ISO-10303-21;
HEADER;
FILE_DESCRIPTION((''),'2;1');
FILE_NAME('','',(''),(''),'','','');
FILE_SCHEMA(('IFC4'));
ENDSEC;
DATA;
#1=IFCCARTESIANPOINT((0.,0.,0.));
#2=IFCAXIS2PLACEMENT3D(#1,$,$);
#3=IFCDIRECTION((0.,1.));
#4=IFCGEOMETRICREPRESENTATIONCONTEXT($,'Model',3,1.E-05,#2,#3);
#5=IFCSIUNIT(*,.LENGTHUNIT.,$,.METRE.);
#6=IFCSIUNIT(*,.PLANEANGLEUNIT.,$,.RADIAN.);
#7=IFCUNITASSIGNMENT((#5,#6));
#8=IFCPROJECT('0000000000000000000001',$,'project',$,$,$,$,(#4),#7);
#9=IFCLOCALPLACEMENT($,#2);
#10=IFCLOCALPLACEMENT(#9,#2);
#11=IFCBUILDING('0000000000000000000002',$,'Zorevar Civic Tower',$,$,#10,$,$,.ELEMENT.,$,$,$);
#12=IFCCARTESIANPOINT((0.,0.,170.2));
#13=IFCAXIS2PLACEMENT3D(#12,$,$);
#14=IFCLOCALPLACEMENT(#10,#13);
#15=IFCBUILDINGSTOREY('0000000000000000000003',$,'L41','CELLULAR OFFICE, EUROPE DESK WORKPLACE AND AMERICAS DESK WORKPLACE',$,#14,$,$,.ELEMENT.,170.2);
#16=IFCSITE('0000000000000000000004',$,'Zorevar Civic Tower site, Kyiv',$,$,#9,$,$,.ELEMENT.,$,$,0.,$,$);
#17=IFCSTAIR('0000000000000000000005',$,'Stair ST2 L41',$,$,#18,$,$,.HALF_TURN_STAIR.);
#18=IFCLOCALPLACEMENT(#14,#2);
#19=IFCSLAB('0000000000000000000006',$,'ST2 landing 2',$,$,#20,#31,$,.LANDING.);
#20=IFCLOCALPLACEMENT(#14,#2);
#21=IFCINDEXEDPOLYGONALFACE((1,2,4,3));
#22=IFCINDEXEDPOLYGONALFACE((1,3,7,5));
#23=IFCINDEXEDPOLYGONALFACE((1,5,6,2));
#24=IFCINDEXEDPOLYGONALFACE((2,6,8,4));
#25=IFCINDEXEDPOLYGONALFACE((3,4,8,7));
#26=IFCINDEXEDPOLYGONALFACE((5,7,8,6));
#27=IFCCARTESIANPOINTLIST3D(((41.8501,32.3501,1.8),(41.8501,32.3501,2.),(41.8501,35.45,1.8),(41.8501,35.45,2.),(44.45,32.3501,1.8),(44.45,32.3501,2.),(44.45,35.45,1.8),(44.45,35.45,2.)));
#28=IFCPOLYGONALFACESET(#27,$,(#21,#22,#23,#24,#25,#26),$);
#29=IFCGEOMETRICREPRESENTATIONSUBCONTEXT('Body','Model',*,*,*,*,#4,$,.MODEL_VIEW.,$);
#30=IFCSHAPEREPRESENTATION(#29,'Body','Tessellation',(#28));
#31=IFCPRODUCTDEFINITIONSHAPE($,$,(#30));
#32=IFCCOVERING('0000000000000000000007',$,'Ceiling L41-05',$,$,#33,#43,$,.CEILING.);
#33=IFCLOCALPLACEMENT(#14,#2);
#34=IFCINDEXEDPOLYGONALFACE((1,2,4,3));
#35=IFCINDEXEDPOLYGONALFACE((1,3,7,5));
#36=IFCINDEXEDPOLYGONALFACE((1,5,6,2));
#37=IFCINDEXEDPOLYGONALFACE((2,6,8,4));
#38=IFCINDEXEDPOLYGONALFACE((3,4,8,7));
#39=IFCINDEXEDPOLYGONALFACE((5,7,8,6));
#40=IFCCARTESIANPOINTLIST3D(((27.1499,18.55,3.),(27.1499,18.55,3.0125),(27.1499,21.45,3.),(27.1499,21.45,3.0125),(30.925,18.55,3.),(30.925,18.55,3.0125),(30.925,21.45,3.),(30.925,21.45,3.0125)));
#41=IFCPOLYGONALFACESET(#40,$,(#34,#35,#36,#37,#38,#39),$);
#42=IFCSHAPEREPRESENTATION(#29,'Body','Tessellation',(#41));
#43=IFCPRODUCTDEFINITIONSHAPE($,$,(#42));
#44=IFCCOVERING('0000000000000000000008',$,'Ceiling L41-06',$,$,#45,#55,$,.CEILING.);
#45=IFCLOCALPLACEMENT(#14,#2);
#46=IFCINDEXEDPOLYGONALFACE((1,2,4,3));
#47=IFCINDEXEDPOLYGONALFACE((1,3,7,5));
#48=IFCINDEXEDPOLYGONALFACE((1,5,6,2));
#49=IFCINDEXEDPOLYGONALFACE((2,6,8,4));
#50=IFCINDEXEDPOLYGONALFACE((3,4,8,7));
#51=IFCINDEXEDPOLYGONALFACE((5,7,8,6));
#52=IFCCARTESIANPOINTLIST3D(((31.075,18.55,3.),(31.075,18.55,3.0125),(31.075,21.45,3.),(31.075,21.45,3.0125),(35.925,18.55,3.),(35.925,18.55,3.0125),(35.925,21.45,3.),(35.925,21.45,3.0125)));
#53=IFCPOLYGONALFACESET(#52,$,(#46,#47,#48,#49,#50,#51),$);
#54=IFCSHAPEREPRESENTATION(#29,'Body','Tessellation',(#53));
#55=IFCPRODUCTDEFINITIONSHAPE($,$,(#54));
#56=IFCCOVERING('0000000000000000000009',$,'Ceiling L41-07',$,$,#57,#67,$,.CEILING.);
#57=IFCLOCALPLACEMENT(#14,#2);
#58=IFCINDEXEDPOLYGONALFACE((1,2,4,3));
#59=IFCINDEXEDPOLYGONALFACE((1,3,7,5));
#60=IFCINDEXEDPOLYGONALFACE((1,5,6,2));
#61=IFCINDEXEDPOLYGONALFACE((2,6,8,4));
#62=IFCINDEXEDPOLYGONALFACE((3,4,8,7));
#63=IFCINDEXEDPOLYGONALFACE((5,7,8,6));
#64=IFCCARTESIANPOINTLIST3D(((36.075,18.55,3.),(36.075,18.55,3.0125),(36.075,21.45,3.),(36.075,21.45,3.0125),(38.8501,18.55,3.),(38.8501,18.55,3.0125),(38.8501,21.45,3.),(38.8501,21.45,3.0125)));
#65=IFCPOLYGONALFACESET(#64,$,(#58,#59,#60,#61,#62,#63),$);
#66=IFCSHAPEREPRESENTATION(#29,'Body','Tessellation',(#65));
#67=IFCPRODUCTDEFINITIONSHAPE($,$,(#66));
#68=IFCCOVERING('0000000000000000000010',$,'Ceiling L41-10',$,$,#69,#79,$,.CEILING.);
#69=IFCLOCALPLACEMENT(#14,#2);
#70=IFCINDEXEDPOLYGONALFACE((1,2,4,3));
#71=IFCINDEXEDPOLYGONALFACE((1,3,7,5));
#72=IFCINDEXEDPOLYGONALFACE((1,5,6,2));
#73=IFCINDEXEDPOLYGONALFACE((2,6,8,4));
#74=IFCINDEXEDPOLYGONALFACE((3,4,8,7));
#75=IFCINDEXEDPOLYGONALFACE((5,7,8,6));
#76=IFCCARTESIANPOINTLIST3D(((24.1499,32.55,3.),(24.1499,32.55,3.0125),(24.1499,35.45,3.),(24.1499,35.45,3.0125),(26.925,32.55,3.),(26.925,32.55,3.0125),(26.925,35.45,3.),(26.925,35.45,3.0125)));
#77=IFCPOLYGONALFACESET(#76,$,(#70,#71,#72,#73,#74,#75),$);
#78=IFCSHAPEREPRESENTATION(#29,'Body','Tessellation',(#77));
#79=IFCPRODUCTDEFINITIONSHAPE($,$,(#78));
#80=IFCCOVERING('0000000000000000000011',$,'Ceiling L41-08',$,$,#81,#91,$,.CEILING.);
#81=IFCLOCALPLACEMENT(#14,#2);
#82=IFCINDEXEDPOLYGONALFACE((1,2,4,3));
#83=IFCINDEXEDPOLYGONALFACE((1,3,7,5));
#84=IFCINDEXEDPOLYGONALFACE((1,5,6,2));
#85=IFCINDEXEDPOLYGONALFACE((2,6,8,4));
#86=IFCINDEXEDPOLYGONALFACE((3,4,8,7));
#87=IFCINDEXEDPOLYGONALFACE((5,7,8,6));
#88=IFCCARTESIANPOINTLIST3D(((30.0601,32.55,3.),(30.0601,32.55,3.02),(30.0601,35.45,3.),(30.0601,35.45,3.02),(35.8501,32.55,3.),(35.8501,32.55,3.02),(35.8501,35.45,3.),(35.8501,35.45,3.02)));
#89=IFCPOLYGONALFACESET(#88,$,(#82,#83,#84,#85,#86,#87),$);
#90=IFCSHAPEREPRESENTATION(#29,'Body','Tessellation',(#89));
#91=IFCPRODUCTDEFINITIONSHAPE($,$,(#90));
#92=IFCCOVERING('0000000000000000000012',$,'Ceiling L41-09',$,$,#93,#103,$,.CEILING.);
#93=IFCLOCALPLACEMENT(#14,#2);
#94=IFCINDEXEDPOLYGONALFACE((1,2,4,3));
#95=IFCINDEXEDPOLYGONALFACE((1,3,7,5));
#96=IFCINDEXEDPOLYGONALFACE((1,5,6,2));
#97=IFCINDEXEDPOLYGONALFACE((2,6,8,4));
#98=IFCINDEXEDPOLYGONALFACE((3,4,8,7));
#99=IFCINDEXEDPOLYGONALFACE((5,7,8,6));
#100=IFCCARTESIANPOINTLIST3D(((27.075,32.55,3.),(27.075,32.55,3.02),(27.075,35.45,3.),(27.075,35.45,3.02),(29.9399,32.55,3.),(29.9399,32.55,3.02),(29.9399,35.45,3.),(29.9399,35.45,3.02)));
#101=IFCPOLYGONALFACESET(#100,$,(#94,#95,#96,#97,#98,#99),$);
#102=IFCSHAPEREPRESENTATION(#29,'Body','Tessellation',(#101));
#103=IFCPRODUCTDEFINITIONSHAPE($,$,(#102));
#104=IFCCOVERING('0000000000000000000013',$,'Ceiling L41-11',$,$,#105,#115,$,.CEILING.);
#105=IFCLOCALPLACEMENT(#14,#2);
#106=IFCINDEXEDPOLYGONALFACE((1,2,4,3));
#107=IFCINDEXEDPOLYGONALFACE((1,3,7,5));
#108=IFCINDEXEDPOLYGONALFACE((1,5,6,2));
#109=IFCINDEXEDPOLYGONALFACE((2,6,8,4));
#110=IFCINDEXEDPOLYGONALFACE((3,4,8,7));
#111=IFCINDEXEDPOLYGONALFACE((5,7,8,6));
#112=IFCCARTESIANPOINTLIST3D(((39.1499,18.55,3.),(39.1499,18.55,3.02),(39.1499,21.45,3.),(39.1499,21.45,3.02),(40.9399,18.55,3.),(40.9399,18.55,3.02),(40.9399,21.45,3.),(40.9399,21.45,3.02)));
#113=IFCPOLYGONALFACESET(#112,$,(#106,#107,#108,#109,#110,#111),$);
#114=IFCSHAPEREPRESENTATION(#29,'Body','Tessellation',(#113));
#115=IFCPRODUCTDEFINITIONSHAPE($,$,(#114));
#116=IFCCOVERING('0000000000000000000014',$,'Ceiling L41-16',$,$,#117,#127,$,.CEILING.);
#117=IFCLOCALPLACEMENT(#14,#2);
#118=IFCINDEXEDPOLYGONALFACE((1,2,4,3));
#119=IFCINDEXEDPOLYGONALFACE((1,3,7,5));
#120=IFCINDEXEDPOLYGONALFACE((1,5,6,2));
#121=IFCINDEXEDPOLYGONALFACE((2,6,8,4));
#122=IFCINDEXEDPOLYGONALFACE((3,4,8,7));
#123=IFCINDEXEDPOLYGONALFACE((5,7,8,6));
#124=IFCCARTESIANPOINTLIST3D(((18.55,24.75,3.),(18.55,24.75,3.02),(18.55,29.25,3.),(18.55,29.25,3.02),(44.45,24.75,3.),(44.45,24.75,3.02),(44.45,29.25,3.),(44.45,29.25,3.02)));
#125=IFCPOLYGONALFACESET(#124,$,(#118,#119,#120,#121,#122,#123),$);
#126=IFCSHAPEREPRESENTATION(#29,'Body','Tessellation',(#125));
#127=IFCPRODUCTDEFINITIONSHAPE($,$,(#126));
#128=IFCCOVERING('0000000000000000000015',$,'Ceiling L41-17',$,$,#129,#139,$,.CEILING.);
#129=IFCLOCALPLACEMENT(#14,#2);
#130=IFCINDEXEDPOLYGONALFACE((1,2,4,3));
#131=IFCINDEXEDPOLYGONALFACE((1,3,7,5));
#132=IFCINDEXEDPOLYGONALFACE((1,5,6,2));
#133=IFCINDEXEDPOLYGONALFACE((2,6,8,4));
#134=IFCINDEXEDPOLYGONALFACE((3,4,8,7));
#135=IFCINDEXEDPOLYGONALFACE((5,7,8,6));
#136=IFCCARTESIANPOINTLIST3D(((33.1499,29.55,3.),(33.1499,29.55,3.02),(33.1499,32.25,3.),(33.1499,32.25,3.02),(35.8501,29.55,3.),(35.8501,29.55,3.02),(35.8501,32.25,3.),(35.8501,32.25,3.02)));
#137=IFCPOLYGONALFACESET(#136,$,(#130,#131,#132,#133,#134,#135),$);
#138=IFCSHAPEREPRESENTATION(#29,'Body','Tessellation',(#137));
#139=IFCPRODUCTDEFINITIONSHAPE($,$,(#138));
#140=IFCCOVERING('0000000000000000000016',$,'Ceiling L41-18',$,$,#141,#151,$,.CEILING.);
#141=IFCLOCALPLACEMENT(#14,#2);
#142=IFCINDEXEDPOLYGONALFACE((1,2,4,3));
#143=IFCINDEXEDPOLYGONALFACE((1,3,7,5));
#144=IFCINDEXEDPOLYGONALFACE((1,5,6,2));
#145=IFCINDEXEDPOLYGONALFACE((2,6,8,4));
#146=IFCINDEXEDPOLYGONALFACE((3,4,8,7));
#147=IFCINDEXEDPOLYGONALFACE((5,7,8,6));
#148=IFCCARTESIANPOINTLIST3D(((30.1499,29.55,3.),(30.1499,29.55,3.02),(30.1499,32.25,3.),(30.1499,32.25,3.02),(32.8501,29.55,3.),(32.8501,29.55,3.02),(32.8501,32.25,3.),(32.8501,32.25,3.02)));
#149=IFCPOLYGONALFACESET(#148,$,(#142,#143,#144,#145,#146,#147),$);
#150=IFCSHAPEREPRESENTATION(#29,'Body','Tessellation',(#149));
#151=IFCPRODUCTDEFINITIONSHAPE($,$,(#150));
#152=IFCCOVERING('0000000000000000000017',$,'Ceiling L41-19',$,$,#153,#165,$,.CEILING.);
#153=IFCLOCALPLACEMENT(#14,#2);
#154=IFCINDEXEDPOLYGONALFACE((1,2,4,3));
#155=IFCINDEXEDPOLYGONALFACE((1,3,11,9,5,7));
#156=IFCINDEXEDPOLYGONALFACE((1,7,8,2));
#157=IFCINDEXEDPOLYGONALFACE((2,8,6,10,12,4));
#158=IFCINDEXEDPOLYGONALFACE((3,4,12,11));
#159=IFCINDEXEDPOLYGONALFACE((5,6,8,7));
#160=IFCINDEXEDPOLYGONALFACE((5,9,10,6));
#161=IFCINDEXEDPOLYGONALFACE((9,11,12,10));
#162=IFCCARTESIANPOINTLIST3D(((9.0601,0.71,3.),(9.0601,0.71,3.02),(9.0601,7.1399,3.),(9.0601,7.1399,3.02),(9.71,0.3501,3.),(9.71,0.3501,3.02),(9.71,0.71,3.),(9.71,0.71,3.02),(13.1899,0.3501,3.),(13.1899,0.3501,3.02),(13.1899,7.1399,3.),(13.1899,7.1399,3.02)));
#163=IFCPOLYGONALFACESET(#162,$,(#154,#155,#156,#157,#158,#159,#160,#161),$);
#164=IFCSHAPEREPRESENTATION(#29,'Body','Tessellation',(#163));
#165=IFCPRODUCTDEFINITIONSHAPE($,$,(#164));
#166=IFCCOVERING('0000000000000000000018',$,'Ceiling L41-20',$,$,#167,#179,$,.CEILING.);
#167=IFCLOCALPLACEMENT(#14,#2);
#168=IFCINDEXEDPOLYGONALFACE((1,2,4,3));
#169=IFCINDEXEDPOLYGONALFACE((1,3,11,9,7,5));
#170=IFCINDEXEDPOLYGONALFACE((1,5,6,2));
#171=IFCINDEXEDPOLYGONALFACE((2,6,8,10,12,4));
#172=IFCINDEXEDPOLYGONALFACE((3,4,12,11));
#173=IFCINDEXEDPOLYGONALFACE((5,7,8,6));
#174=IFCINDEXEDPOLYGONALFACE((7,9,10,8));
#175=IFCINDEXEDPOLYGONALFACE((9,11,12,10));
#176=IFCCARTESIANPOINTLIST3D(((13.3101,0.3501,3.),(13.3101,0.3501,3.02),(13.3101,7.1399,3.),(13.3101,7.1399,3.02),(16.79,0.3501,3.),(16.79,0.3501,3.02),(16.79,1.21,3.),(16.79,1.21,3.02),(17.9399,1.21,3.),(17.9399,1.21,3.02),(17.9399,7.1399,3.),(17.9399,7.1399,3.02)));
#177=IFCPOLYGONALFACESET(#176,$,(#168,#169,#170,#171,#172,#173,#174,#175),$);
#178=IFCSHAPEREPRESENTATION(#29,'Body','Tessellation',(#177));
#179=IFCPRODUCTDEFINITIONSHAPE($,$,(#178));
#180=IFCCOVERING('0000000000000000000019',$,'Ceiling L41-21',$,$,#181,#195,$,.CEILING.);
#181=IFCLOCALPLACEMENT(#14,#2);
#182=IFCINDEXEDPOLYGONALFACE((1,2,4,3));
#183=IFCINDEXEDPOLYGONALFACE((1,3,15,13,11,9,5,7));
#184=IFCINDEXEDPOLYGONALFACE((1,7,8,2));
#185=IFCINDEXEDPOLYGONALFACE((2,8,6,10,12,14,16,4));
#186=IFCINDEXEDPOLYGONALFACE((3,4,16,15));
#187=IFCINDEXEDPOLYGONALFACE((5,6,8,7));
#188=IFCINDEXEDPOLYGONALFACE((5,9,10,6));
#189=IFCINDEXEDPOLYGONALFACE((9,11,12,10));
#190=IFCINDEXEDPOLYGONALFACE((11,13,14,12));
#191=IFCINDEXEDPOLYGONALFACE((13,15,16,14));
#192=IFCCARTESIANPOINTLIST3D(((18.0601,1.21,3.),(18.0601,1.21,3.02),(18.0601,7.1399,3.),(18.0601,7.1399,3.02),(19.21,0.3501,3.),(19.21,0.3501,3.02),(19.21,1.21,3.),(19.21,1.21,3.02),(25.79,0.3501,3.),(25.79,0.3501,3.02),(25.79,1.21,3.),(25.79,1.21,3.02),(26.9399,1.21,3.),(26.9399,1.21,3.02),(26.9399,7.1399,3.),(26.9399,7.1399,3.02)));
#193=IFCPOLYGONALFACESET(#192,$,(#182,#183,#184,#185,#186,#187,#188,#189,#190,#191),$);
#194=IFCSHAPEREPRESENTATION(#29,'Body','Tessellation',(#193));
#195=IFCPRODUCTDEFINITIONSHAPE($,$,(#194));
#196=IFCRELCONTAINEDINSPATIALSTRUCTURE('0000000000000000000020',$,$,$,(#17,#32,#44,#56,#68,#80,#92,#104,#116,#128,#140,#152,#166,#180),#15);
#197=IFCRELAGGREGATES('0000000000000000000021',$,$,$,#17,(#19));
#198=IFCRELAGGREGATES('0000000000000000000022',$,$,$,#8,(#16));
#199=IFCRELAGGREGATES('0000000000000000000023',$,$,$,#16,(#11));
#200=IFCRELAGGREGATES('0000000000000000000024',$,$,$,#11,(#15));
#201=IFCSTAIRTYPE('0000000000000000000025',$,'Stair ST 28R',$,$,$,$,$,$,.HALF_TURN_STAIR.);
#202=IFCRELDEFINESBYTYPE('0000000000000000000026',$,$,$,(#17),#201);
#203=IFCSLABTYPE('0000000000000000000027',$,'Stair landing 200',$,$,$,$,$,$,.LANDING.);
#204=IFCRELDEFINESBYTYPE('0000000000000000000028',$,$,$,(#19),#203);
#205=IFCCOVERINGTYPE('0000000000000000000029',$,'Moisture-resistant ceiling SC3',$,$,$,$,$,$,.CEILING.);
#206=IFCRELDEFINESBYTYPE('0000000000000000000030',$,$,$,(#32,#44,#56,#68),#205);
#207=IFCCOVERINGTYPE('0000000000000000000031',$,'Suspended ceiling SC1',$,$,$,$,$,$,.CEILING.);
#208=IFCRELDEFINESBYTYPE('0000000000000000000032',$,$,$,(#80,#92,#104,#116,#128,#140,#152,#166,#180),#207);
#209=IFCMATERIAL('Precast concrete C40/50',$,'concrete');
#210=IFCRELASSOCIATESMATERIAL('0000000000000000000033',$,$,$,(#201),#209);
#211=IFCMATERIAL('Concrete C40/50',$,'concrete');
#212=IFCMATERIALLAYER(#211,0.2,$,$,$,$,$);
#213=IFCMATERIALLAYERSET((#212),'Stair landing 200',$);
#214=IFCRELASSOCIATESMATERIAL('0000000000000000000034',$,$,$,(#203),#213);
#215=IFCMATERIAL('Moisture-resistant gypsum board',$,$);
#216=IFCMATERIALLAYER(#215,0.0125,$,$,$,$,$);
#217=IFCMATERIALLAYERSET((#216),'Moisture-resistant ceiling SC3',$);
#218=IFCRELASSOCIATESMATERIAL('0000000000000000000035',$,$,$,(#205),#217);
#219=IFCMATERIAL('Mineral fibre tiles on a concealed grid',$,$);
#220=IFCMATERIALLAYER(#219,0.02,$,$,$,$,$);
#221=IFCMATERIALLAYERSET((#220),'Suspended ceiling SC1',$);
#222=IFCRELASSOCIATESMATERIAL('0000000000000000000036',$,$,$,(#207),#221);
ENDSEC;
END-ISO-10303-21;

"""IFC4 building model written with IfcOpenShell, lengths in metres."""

from ifc_helpers import new_model, si_unit, direction, frame, origin, place, context, subcontext, project, spatial, polyline, outline, extrude, material, layer, layer_set, type_object, element, aggregate, save


model = new_model("IFC4")

# Units and contexts
model_context = context("Model", 3, precision=1e-05, world=origin(), true_north=direction((0.0, 1.0)))
body_context = subcontext(model_context, "Body", "Model", "MODEL_VIEW")
ifc_project = project(units=[si_unit("LENGTHUNIT", "METRE"), si_unit("PLANEANGLEUNIT", "RADIAN")], contexts=[model_context])

# Site, building, storey
site_placement = place(None, origin())
site = spatial("IfcSite", under=ifc_project, at=site_placement, Name="Zorevar Civic Tower site, Kyiv", CompositionType="ELEMENT", RefElevation=0.0)
building_placement = place(site_placement, origin())
building = spatial("IfcBuilding", under=site, at=building_placement, Name="Zorevar Civic Tower", CompositionType="ELEMENT")
storey_placement = place(building_placement, frame((0.0, 0.0, 170.2)))
storey = spatial("IfcBuildingStorey", under=building, at=storey_placement, Name="L41", Description="CELLULAR OFFICE, EUROPE DESK WORKPLACE AND AMERICAS DESK WORKPLACE", CompositionType="ELEMENT", Elevation=170.2)

# Stair, slab
ifc_material_1 = material(Name="Precast concrete C40/50", Category="concrete")
stair_type = type_object("IfcStairType", Name="Stair ST 28R", PredefinedType="HALF_TURN_STAIR", material=ifc_material_1)
ifc_material_2 = material(Name="Concrete C40/50", Category="concrete")
ifc_layer_1 = layer(ifc_material_2, 0.2)
ifc_layer_set_1 = layer_set([ifc_layer_1], Name="Stair landing 200")
slab_type_1 = type_object("IfcSlabType", Name="Stair landing 200", PredefinedType="LANDING", material=ifc_layer_set_1)
stair_1_placement = place(storey_placement, origin())
stair_1 = element("IfcStair", 1, at=stair_1_placement, inside=storey, type_object=stair_type, Name="Stair ST2 L41", PredefinedType="HALF_TURN_STAIR")
slab_1_placement = place(storey_placement, frame((0.0, 0.0, 1.8)))
slab_1 = element("IfcSlab", 2, at=slab_1_placement, type_object=slab_type_1, Name="ST2 landing 2", PredefinedType="LANDING", context=body_context, shape_type="SweptSolid", body=[
    extrude(outline(polyline([(44.45, 32.3501), (41.8501, 32.3501), (41.8501, 35.45), (44.45, 35.45), (44.45, 32.3501)])), origin(), (0.0, 0.0, 1.0), 0.2),
])
aggregate(stair_1, [slab_1])

# Coverings
ifc_material_3 = material(Name="Moisture-resistant gypsum board")
ifc_layer_2 = layer(ifc_material_3, 0.0125)
ifc_layer_set_2 = layer_set([ifc_layer_2], Name="Moisture-resistant ceiling SC3")
covering_type_1 = type_object("IfcCoveringType", Name="Moisture-resistant ceiling SC3", PredefinedType="CEILING", material=ifc_layer_set_2)
covering_1_placement = place(storey_placement, frame((0.0, 0.0, 3.0)))
element("IfcCovering", 3, at=covering_1_placement, inside=storey, type_object=covering_type_1, Name="Ceiling L41-05", PredefinedType="CEILING", context=body_context, shape_type="SweptSolid", body=[
    extrude(outline(polyline([(30.925, 18.55), (30.925, 21.45), (27.1499, 21.45), (27.1499, 18.55), (30.925, 18.55)])), origin(), (0.0, 0.0, 1.0), 0.0125),
])
covering_2_placement = place(storey_placement, frame((0.0, 0.0, 3.0)))
element("IfcCovering", 4, at=covering_2_placement, inside=storey, type_object=covering_type_1, Name="Ceiling L41-06", PredefinedType="CEILING", context=body_context, shape_type="SweptSolid", body=[
    extrude(outline(polyline([(35.925, 18.55), (35.925, 21.45), (31.075, 21.45), (31.075, 18.55), (35.925, 18.55)])), origin(), (0.0, 0.0, 1.0), 0.0125),
])
covering_3_placement = place(storey_placement, frame((0.0, 0.0, 3.0)))
element("IfcCovering", 5, at=covering_3_placement, inside=storey, type_object=covering_type_1, Name="Ceiling L41-07", PredefinedType="CEILING", context=body_context, shape_type="SweptSolid", body=[
    extrude(outline(polyline([(38.8501, 18.55), (38.8501, 21.45), (36.075, 21.45), (36.075, 18.55), (38.8501, 18.55)])), origin(), (0.0, 0.0, 1.0), 0.0125),
])
covering_4_placement = place(storey_placement, frame((0.0, 0.0, 3.0)))
element("IfcCovering", 6, at=covering_4_placement, inside=storey, type_object=covering_type_1, Name="Ceiling L41-10", PredefinedType="CEILING", context=body_context, shape_type="SweptSolid", body=[
    extrude(outline(polyline([(26.925, 32.55), (26.925, 35.45), (24.1499, 35.45), (24.1499, 32.55), (26.925, 32.55)])), origin(), (0.0, 0.0, 1.0), 0.0125),
])
ifc_material_4 = material(Name="Mineral fibre tiles on a concealed grid")
ifc_layer_3 = layer(ifc_material_4, 0.02)
ifc_layer_set_3 = layer_set([ifc_layer_3], Name="Suspended ceiling SC1")
covering_type_2 = type_object("IfcCoveringType", Name="Suspended ceiling SC1", PredefinedType="CEILING", material=ifc_layer_set_3)
covering_5_placement = place(storey_placement, frame((0.0, 0.0, 3.0)))
element("IfcCovering", 7, at=covering_5_placement, inside=storey, type_object=covering_type_2, Name="Ceiling L41-08", PredefinedType="CEILING", context=body_context, shape_type="SweptSolid", body=[
    extrude(outline(polyline([(35.8501, 32.55), (35.8501, 35.45), (30.0601, 35.45), (30.0601, 32.55), (35.8501, 32.55)])), origin(), (0.0, 0.0, 1.0), 0.02),
])
covering_6_placement = place(storey_placement, frame((0.0, 0.0, 3.0)))
element("IfcCovering", 8, at=covering_6_placement, inside=storey, type_object=covering_type_2, Name="Ceiling L41-09", PredefinedType="CEILING", context=body_context, shape_type="SweptSolid", body=[
    extrude(outline(polyline([(29.9399, 32.55), (29.9399, 35.45), (27.075, 35.45), (27.075, 32.55), (29.9399, 32.55)])), origin(), (0.0, 0.0, 1.0), 0.02),
])
covering_7_placement = place(storey_placement, frame((0.0, 0.0, 3.0)))
element("IfcCovering", 9, at=covering_7_placement, inside=storey, type_object=covering_type_2, Name="Ceiling L41-11", PredefinedType="CEILING", context=body_context, shape_type="SweptSolid", body=[
    extrude(outline(polyline([(40.9399, 18.55), (40.9399, 21.45), (39.1499, 21.45), (39.1499, 18.55), (40.9399, 18.55)])), origin(), (0.0, 0.0, 1.0), 0.02),
])
covering_8_placement = place(storey_placement, frame((0.0, 0.0, 3.0)))
element("IfcCovering", 10, at=covering_8_placement, inside=storey, type_object=covering_type_2, Name="Ceiling L41-16", PredefinedType="CEILING", context=body_context, shape_type="SweptSolid", body=[
    extrude(outline(polyline([(44.45, 24.75), (44.45, 29.25), (18.55, 29.25), (18.55, 24.75), (44.45, 24.75)])), origin(), (0.0, 0.0, 1.0), 0.02),
])
covering_9_placement = place(storey_placement, frame((0.0, 0.0, 3.0)))
element("IfcCovering", 11, at=covering_9_placement, inside=storey, type_object=covering_type_2, Name="Ceiling L41-17", PredefinedType="CEILING", context=body_context, shape_type="SweptSolid", body=[
    extrude(outline(polyline([(35.8501, 29.55), (35.8501, 32.25), (33.1499, 32.25), (33.1499, 29.55), (35.8501, 29.55)])), origin(), (0.0, 0.0, 1.0), 0.02),
])
covering_10_placement = place(storey_placement, frame((0.0, 0.0, 3.0)))
element("IfcCovering", 12, at=covering_10_placement, inside=storey, type_object=covering_type_2, Name="Ceiling L41-18", PredefinedType="CEILING", context=body_context, shape_type="SweptSolid", body=[
    extrude(outline(polyline([(32.8501, 29.55), (32.8501, 32.25), (30.1499, 32.25), (30.1499, 29.55), (32.8501, 29.55)])), origin(), (0.0, 0.0, 1.0), 0.02),
])
covering_11_placement = place(storey_placement, frame((0.0, 0.0, 3.0)))
element("IfcCovering", 13, at=covering_11_placement, inside=storey, type_object=covering_type_2, Name="Ceiling L41-19", PredefinedType="CEILING", context=body_context, shape_type="SweptSolid", body=[
    extrude(outline(polyline([(13.1899, 7.1399), (13.1899, 0.3501), (9.71, 0.3501), (9.71, 0.71), (9.0601, 0.71), (9.0601, 7.1399), (13.1899, 7.1399)])), origin(), (0.0, 0.0, 1.0), 0.02),
])
covering_12_placement = place(storey_placement, frame((0.0, 0.0, 3.0)))
element("IfcCovering", 14, at=covering_12_placement, inside=storey, type_object=covering_type_2, Name="Ceiling L41-20", PredefinedType="CEILING", context=body_context, shape_type="SweptSolid", body=[
    extrude(outline(polyline([(17.9399, 7.1399), (17.9399, 1.21), (16.79, 1.21), (16.79, 0.3501), (13.3101, 0.3501), (13.3101, 7.1399), (17.9399, 7.1399)])), origin(), (0.0, 0.0, 1.0), 0.02),
])
covering_13_placement = place(storey_placement, frame((0.0, 0.0, 3.0)))
element("IfcCovering", 15, at=covering_13_placement, inside=storey, type_object=covering_type_2, Name="Ceiling L41-21", PredefinedType="CEILING", context=body_context, shape_type="SweptSolid", body=[
    extrude(outline(polyline([(19.21, 0.3501), (19.21, 1.21), (18.0601, 1.21), (18.0601, 7.1399), (26.9399, 7.1399), (26.9399, 1.21), (25.79, 1.21), (25.79, 0.3501), (19.21, 0.3501)])), origin(), (0.0, 0.0, 1.0), 0.02),
])

save(model, "model.ifc")
